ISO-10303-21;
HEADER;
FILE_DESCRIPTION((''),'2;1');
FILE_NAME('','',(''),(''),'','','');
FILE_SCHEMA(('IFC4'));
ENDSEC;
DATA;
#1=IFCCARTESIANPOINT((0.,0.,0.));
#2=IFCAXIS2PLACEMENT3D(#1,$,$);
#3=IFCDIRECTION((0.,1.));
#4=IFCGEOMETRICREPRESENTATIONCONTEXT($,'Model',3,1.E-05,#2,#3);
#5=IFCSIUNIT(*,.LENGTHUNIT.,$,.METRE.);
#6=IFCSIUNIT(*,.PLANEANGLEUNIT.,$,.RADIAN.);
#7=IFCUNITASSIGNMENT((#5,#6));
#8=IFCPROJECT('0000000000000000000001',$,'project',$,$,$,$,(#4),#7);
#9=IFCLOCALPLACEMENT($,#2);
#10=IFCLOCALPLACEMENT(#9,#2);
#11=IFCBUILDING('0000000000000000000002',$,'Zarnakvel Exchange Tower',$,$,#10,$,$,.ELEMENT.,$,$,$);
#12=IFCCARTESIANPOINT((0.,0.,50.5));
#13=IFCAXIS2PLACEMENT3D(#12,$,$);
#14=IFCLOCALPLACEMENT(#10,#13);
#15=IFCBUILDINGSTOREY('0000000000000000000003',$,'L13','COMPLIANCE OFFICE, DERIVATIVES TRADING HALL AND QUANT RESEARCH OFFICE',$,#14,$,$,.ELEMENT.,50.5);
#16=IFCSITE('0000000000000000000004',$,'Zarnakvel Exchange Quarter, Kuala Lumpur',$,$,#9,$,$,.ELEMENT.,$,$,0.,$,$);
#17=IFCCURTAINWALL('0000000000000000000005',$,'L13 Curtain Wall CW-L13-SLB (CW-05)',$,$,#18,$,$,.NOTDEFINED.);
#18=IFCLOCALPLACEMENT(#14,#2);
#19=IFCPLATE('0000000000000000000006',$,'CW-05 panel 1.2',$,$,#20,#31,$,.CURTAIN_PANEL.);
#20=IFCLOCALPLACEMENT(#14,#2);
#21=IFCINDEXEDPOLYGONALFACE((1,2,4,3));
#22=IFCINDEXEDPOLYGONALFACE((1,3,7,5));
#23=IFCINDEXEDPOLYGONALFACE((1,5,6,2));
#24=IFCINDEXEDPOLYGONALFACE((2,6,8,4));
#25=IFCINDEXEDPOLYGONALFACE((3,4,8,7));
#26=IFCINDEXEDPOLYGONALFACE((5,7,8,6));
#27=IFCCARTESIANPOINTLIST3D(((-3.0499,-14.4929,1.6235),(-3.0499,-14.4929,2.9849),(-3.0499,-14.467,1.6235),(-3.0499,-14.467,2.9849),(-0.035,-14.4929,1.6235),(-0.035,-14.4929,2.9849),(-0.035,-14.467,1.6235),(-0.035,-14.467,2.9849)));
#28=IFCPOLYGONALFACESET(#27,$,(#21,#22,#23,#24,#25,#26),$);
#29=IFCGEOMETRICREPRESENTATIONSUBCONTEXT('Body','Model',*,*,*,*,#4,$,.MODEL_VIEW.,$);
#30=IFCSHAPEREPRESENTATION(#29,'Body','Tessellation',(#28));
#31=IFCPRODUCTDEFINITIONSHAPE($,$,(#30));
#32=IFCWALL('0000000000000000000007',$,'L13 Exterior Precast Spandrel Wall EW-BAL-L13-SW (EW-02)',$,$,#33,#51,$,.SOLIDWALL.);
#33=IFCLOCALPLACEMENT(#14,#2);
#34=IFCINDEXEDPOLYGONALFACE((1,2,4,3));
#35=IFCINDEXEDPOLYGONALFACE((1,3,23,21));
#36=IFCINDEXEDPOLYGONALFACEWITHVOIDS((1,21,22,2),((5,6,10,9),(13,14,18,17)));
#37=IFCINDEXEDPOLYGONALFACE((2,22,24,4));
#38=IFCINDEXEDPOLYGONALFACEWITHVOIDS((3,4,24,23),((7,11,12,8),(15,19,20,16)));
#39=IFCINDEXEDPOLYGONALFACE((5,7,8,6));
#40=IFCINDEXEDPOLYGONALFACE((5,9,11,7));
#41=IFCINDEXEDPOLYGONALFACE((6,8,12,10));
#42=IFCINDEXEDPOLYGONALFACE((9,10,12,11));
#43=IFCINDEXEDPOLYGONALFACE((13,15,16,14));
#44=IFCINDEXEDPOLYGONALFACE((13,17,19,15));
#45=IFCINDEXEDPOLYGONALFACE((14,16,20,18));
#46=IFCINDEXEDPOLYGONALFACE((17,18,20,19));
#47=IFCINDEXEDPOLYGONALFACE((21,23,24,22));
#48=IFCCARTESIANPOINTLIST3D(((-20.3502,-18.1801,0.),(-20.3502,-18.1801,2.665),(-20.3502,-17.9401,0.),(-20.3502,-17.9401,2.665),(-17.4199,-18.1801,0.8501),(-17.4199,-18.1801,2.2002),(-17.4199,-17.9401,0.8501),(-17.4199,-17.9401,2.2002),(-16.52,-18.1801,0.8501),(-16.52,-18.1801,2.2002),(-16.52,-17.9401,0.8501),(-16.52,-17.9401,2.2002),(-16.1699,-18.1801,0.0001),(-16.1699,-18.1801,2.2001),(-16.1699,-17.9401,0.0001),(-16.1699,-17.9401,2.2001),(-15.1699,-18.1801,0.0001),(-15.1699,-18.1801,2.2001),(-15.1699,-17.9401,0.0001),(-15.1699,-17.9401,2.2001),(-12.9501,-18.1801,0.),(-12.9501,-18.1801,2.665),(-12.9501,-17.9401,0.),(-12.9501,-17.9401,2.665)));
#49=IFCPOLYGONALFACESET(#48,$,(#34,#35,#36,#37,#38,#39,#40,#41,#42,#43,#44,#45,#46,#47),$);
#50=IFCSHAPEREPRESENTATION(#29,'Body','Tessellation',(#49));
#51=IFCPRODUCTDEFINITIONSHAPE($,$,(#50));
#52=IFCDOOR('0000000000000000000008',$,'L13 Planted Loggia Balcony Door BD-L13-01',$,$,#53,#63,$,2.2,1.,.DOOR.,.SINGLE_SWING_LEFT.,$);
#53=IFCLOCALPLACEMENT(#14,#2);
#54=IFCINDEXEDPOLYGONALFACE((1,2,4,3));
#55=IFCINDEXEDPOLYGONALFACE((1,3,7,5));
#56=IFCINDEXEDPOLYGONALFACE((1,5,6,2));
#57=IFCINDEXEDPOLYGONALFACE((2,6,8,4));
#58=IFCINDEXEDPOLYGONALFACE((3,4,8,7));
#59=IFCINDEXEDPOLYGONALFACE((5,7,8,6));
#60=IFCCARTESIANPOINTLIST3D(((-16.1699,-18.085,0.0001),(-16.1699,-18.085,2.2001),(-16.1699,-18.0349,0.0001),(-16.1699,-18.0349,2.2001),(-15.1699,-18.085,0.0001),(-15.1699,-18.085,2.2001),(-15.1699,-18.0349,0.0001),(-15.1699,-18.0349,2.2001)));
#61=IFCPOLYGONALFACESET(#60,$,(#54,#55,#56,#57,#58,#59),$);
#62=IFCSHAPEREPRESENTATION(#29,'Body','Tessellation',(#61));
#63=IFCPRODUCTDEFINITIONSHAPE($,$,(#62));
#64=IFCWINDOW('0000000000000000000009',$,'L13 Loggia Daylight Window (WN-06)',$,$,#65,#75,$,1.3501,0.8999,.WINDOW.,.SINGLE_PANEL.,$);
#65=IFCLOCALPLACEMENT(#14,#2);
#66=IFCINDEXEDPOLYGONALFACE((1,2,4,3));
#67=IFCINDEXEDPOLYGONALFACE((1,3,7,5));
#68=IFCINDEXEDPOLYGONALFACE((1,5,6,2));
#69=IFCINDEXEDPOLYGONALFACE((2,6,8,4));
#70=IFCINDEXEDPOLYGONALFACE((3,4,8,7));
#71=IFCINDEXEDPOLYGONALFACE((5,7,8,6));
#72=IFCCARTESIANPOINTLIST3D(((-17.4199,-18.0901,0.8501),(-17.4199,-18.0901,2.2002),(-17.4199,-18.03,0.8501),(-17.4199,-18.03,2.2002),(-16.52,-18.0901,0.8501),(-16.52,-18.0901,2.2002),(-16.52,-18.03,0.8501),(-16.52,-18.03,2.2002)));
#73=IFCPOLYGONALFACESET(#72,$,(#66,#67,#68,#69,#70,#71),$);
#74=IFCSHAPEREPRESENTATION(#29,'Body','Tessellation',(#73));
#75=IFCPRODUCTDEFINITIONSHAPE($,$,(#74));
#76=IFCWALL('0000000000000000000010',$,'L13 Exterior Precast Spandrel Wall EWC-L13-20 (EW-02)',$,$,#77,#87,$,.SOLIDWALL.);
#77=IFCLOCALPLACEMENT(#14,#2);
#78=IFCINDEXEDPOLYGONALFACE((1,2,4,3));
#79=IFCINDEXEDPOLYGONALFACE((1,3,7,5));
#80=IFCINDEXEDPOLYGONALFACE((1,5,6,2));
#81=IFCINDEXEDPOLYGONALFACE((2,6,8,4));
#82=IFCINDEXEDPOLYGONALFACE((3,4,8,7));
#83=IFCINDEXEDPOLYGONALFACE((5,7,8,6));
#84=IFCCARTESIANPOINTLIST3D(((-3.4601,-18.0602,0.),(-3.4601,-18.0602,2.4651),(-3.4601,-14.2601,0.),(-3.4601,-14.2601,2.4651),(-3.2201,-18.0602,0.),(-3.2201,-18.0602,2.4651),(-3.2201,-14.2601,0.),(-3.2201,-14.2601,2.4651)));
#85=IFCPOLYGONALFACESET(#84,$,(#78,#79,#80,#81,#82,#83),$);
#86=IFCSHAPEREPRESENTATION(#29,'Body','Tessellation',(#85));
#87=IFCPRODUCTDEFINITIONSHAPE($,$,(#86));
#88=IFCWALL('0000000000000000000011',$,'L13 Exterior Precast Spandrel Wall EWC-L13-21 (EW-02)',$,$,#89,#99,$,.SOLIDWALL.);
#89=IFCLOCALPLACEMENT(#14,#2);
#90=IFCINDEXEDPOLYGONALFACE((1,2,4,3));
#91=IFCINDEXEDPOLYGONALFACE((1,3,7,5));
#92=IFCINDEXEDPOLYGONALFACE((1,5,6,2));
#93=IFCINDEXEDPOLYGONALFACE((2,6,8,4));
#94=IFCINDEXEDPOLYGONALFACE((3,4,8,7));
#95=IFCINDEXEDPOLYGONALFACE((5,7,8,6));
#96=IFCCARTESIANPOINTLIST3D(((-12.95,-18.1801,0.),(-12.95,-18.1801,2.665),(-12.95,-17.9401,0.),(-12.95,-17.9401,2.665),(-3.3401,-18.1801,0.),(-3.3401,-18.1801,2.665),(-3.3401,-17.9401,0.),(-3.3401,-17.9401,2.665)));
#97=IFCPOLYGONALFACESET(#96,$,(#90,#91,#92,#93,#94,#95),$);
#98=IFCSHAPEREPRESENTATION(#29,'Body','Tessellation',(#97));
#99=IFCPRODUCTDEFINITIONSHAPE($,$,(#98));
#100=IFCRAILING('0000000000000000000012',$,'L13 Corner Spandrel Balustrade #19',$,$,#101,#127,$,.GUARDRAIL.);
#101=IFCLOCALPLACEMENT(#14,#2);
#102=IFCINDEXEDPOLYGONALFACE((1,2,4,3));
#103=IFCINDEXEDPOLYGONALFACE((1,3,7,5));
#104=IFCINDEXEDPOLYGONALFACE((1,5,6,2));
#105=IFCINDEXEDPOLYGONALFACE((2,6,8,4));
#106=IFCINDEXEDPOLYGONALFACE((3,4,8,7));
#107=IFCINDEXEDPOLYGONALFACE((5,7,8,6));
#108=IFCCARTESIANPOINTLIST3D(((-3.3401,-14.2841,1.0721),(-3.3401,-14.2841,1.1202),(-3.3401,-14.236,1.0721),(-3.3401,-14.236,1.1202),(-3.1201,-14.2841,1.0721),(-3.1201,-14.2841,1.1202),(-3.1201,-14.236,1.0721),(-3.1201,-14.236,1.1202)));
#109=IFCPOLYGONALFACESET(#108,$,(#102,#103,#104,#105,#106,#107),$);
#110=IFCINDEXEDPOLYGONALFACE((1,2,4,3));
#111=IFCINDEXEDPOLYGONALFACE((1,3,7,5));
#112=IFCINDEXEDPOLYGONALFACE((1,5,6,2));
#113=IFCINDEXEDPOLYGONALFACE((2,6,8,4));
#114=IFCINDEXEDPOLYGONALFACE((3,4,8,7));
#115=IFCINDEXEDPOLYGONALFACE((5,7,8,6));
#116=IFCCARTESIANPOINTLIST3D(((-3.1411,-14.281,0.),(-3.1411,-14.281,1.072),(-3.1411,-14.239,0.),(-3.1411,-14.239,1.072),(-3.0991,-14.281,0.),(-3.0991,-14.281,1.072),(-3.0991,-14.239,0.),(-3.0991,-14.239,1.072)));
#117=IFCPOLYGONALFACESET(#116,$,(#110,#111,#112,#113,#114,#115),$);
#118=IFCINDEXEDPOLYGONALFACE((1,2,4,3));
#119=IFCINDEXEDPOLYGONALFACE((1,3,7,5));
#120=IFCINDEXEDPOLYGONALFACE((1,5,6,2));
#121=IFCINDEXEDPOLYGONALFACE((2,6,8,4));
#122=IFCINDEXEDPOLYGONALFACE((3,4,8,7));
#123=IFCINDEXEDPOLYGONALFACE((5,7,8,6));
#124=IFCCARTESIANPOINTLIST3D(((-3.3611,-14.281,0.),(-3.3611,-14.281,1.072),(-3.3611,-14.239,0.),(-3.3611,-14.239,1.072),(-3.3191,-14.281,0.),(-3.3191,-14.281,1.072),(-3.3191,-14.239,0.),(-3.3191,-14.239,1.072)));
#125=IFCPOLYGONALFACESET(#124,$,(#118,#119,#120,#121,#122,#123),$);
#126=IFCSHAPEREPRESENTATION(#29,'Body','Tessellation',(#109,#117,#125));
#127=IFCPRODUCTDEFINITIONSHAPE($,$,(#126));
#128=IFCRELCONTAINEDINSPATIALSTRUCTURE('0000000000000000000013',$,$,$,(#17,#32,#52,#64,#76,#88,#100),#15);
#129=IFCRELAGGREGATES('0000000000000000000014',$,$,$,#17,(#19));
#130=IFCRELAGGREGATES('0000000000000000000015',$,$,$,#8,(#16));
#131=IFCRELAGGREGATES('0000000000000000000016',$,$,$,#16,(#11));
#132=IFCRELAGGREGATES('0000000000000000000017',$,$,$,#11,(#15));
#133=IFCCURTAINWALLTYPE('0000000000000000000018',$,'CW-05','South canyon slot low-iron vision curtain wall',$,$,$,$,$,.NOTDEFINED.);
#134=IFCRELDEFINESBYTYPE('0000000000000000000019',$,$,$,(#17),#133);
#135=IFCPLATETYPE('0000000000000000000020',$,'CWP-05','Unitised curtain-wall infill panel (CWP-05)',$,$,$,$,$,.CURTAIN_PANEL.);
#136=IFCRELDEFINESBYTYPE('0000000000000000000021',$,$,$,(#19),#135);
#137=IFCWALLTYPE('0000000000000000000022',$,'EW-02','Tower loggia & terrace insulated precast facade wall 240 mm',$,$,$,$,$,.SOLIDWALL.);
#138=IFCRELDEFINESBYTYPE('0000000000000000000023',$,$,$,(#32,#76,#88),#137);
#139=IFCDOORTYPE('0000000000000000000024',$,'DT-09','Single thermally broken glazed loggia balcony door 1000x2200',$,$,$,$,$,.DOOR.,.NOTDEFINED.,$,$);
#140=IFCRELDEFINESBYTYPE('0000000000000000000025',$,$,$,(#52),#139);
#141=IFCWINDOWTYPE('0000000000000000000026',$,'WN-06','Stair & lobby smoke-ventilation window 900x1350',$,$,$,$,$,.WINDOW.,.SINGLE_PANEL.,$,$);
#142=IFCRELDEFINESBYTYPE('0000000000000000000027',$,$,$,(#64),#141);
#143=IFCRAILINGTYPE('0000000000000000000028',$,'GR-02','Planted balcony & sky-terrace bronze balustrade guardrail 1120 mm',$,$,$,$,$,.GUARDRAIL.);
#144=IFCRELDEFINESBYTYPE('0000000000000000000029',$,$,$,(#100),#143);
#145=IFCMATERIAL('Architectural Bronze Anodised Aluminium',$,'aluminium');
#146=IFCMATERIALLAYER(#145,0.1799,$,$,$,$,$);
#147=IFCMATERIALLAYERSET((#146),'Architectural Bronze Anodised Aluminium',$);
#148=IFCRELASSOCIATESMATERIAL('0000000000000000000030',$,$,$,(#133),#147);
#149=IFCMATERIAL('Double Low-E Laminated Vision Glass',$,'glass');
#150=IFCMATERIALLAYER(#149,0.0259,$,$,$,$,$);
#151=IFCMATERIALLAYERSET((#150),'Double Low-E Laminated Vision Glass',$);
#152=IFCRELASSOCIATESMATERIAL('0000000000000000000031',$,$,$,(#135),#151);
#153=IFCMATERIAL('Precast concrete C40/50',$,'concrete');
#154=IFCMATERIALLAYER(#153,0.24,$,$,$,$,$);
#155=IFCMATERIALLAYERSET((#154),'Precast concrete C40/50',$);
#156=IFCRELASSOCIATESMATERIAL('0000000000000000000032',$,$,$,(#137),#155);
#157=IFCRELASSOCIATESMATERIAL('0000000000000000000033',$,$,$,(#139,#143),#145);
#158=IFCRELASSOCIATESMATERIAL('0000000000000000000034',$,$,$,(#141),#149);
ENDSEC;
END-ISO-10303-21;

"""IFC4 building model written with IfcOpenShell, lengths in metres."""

from ifc_helpers import new_model, si_unit, direction, frame, frame_2d, origin, origin_2d, place, context, subcontext, project, spatial, rectangle, extrude, source, transform, mapped, material, layer, layer_set, type_object, element, fill, aggregate, save


model = new_model("IFC4")

# Units and contexts
model_context = context("Model", 3, precision=1e-05, world=origin(), true_north=direction((0.0, 1.0)))
body_context = subcontext(model_context, "Body", "Model", "MODEL_VIEW")
ifc_project = project(units=[si_unit("LENGTHUNIT", "METRE"), si_unit("PLANEANGLEUNIT", "RADIAN")], contexts=[model_context])

# Site, building, storey
site_placement = place(None, origin())
site = spatial("IfcSite", under=ifc_project, at=site_placement, Name="Zarnakvel Exchange Quarter, Kuala Lumpur", CompositionType="ELEMENT", RefElevation=0.0)
building_placement = place(site_placement, origin())
building = spatial("IfcBuilding", under=site, at=building_placement, Name="Zarnakvel Exchange Tower", CompositionType="ELEMENT")
storey_placement = place(building_placement, frame((0.0, 0.0, 50.5)))
storey = spatial("IfcBuildingStorey", under=building, at=storey_placement, Name="L13", Description="COMPLIANCE OFFICE, DERIVATIVES TRADING HALL AND QUANT RESEARCH OFFICE", CompositionType="ELEMENT", Elevation=50.5)

# Curtain wall
ifc_material_1 = material(Name="Architectural Bronze Anodised Aluminium", Category="aluminium")
ifc_layer_1 = layer(ifc_material_1, 0.1799)
ifc_layer_set_1 = layer_set([ifc_layer_1], Name="Architectural Bronze Anodised Aluminium")
curtain_wall_type = type_object("IfcCurtainWallType", Name="CW-05", Description="South canyon slot low-iron vision curtain wall", PredefinedType="NOTDEFINED", material=ifc_layer_set_1)
curtain_wall_1_placement = place(storey_placement, origin())
curtain_wall_1 = element("IfcCurtainWall", 1, at=curtain_wall_1_placement, inside=storey, type_object=curtain_wall_type, Name="L13 Curtain Wall CW-L13-SLB (CW-05)", PredefinedType="NOTDEFINED")

# Plate
ifc_material_2 = material(Name="Double Low-E Laminated Vision Glass", Category="glass")
ifc_layer_2 = layer(ifc_material_2, 0.0259)
ifc_layer_set_2 = layer_set([ifc_layer_2], Name="Double Low-E Laminated Vision Glass")
plate_type = type_object("IfcPlateType", Name="CWP-05", Description="Unitised curtain-wall infill panel (CWP-05)", PredefinedType="CURTAIN_PANEL", material=ifc_layer_set_2)
shared_shape_1 = source(origin(), body_context, "Body", "SweptSolid", [
    extrude(rectangle(XDim=3.0149, YDim=0.0259, at=origin_2d()), origin(), (0.0, 0.0, 1.0), 1.3613),
])
plate_1_placement = place(storey_placement, frame((-1.5425, -14.48, 1.6235), z_axis=(0.0, 0.0, 1.0), x_axis=(1.0, 0.0, 0.0)))
plate_1 = element("IfcPlate", 2, at=plate_1_placement, type_object=plate_type, Name="CW-05 panel 1.2", PredefinedType="CURTAIN_PANEL", context=body_context, shape_type="MappedRepresentation", body=[
    mapped(shared_shape_1, transform((0.0, 0.0, 0.0), x_axis=(1.0, 0.0, 0.0), y_axis=(0.0, 1.0, 0.0), z_axis=(0.0, 0.0, 1.0), scale=1.0)),
])
aggregate(curtain_wall_1, [plate_1])

# Wall, openings, door, window
ifc_material_3 = material(Name="Precast concrete C40/50", Category="concrete")
ifc_layer_3 = layer(ifc_material_3, 0.24)
ifc_layer_set_3 = layer_set([ifc_layer_3], Name="Precast concrete C40/50")
wall_type = type_object("IfcWallType", Name="EW-02", Description="Tower loggia & terrace insulated precast facade wall 240 mm", PredefinedType="SOLIDWALL", material=ifc_layer_set_3)
wall_1_placement = place(storey_placement, frame((-12.95, -18.0601, 0.0), z_axis=(0.0, 0.0, 1.0), x_axis=(-1.0, 0.0, 0.0)))
wall_1 = element("IfcWall", 3, at=wall_1_placement, inside=storey, type_object=wall_type, Name="L13 Exterior Precast Spandrel Wall EW-BAL-L13-SW (EW-02)", PredefinedType="SOLIDWALL", context=body_context, shape_type="SweptSolid", body=[
    extrude(rectangle(XDim=7.4001, YDim=0.24, at=frame_2d((3.7002, 0.0))), origin(), (0.0, 0.0, 1.0), 2.665),
])
opening_1_placement = place(wall_1_placement, frame((2.22, 0.0, 0.0)))
opening_1 = element("IfcOpeningElement", 4, at=opening_1_placement, cuts=wall_1, PredefinedType="OPENING", context=body_context, shape_type="SweptSolid", body=[
    extrude(rectangle(XDim=1.0, YDim=2.2, at=frame_2d((0.5, 1.1001))), frame((0.0, 0.1299, 0.0), z_axis=(0.0, -1.0, 0.0), x_axis=(1.0, 0.0, 0.0)), (0.0, 0.0, 1.0), 0.26),
])
opening_2_placement = place(wall_1_placement, frame((3.5701, 0.0, 0.8501)))
opening_2 = element("IfcOpeningElement", 5, at=opening_2_placement, cuts=wall_1, PredefinedType="OPENING", context=body_context, shape_type="SweptSolid", body=[
    extrude(rectangle(XDim=0.8999, YDim=1.3501, at=frame_2d((0.45, 0.675))), frame((0.0, 0.1299, 0.0), z_axis=(0.0, -1.0, 0.0), x_axis=(1.0, 0.0, 0.0)), (0.0, 0.0, 1.0), 0.26),
])
door_type = type_object("IfcDoorType", Name="DT-09", Description="Single thermally broken glazed loggia balcony door 1000x2200", OperationType="NOTDEFINED", PredefinedType="DOOR", material=ifc_material_1)
shared_shape_2 = source(origin(), body_context, "Body", "SweptSolid", [
    extrude(rectangle(XDim=1.0, YDim=2.2, at=frame_2d((0.5, 1.1001))), frame((0.0, 0.0249, 0.0), z_axis=(0.0, -1.0, 0.0), x_axis=(1.0, 0.0, 0.0)), (0.0, 0.0, 1.0), 0.05),
])
door_placement = place(opening_1_placement, origin())
door = element("IfcDoor", 6, at=door_placement, inside=storey, type_object=door_type, Name="L13 Planted Loggia Balcony Door BD-L13-01", OperationType="SINGLE_SWING_LEFT", OverallHeight=2.2, OverallWidth=1.0, PredefinedType="DOOR", context=body_context, shape_type="MappedRepresentation", body=[
    mapped(shared_shape_2, transform((0.0, 0.0, 0.0), x_axis=(1.0, 0.0, 0.0), y_axis=(0.0, 1.0, 0.0), z_axis=(0.0, 0.0, 1.0), scale=1.0)),
])
fill(opening_1, door)
window_type = type_object("IfcWindowType", Name="WN-06", Description="Stair & lobby smoke-ventilation window 900x1350", PartitioningType="SINGLE_PANEL", PredefinedType="WINDOW", material=ifc_material_2)
shared_shape_3 = source(origin(), body_context, "Body", "SweptSolid", [
    extrude(rectangle(XDim=0.8999, YDim=1.3501, at=frame_2d((0.45, 0.675))), frame((0.0, 0.03, 0.0), z_axis=(0.0, -1.0, 0.0), x_axis=(1.0, 0.0, 0.0)), (0.0, 0.0, 1.0), 0.0601),
])
window_placement = place(opening_2_placement, origin())
window = element("IfcWindow", 7, at=window_placement, inside=storey, type_object=window_type, Name="L13 Loggia Daylight Window (WN-06)", OverallHeight=1.3501, OverallWidth=0.8999, PartitioningType="SINGLE_PANEL", PredefinedType="WINDOW", context=body_context, shape_type="MappedRepresentation", body=[
    mapped(shared_shape_3, transform((0.0, 0.0, 0.0), x_axis=(1.0, 0.0, 0.0), y_axis=(0.0, 1.0, 0.0), z_axis=(0.0, 0.0, 1.0), scale=1.0)),
])
fill(opening_2, window)

# Walls
wall_2_placement = place(storey_placement, frame((-3.3401, -18.0601, 0.0), z_axis=(0.0, 0.0, 1.0), x_axis=(0.0, 1.0, 0.0)))
element("IfcWall", 8, at=wall_2_placement, inside=storey, type_object=wall_type, Name="L13 Exterior Precast Spandrel Wall EWC-L13-20 (EW-02)", PredefinedType="SOLIDWALL", context=body_context, shape_type="SweptSolid", body=[
    extrude(rectangle(XDim=3.8, YDim=0.24, at=frame_2d((1.8999, 0.0))), origin(), (0.0, 0.0, 1.0), 2.4651),
])
wall_3_placement = place(storey_placement, frame((-12.95, -18.0601, 0.0), z_axis=(0.0, 0.0, 1.0), x_axis=(1.0, 0.0, 0.0)))
element("IfcWall", 9, at=wall_3_placement, inside=storey, type_object=wall_type, Name="L13 Exterior Precast Spandrel Wall EWC-L13-21 (EW-02)", PredefinedType="SOLIDWALL", context=body_context, shape_type="SweptSolid", body=[
    extrude(rectangle(XDim=9.6099, YDim=0.24, at=frame_2d((4.8049, 0.0))), origin(), (0.0, 0.0, 1.0), 2.665),
])

# Railing
railing_type_1 = type_object("IfcRailingType", Name="GR-02", Description="Planted balcony & sky-terrace bronze balustrade guardrail 1120 mm", PredefinedType="GUARDRAIL", material=ifc_material_1)
railing_1_placement = place(storey_placement, frame((-3.1201, -14.26, 0.0)))
element("IfcRailing", 10, at=railing_1_placement, inside=storey, type_object=railing_type_1, Name="L13 Corner Spandrel Balustrade #19", PredefinedType="GUARDRAIL", context=body_context, shape_type="SweptSolid", body=[
    extrude(rectangle(XDim=0.0481, YDim=0.0481, at=origin_2d()), frame((0.0, 0.0, 1.0962), z_axis=(-1.0, 0.0, 0.0), x_axis=(0.0, -1.0, 0.0)), (0.0, 0.0, 1.0), 0.22),
    extrude(rectangle(XDim=0.042, YDim=0.042, at=origin_2d()), origin(), (0.0, 0.0, 1.0), 1.072),
    extrude(rectangle(XDim=0.042, YDim=0.042, at=origin_2d()), frame((-0.22, 0.0, 0.0)), (0.0, 0.0, 1.0), 1.072),
])

save(model, "model.ifc")
